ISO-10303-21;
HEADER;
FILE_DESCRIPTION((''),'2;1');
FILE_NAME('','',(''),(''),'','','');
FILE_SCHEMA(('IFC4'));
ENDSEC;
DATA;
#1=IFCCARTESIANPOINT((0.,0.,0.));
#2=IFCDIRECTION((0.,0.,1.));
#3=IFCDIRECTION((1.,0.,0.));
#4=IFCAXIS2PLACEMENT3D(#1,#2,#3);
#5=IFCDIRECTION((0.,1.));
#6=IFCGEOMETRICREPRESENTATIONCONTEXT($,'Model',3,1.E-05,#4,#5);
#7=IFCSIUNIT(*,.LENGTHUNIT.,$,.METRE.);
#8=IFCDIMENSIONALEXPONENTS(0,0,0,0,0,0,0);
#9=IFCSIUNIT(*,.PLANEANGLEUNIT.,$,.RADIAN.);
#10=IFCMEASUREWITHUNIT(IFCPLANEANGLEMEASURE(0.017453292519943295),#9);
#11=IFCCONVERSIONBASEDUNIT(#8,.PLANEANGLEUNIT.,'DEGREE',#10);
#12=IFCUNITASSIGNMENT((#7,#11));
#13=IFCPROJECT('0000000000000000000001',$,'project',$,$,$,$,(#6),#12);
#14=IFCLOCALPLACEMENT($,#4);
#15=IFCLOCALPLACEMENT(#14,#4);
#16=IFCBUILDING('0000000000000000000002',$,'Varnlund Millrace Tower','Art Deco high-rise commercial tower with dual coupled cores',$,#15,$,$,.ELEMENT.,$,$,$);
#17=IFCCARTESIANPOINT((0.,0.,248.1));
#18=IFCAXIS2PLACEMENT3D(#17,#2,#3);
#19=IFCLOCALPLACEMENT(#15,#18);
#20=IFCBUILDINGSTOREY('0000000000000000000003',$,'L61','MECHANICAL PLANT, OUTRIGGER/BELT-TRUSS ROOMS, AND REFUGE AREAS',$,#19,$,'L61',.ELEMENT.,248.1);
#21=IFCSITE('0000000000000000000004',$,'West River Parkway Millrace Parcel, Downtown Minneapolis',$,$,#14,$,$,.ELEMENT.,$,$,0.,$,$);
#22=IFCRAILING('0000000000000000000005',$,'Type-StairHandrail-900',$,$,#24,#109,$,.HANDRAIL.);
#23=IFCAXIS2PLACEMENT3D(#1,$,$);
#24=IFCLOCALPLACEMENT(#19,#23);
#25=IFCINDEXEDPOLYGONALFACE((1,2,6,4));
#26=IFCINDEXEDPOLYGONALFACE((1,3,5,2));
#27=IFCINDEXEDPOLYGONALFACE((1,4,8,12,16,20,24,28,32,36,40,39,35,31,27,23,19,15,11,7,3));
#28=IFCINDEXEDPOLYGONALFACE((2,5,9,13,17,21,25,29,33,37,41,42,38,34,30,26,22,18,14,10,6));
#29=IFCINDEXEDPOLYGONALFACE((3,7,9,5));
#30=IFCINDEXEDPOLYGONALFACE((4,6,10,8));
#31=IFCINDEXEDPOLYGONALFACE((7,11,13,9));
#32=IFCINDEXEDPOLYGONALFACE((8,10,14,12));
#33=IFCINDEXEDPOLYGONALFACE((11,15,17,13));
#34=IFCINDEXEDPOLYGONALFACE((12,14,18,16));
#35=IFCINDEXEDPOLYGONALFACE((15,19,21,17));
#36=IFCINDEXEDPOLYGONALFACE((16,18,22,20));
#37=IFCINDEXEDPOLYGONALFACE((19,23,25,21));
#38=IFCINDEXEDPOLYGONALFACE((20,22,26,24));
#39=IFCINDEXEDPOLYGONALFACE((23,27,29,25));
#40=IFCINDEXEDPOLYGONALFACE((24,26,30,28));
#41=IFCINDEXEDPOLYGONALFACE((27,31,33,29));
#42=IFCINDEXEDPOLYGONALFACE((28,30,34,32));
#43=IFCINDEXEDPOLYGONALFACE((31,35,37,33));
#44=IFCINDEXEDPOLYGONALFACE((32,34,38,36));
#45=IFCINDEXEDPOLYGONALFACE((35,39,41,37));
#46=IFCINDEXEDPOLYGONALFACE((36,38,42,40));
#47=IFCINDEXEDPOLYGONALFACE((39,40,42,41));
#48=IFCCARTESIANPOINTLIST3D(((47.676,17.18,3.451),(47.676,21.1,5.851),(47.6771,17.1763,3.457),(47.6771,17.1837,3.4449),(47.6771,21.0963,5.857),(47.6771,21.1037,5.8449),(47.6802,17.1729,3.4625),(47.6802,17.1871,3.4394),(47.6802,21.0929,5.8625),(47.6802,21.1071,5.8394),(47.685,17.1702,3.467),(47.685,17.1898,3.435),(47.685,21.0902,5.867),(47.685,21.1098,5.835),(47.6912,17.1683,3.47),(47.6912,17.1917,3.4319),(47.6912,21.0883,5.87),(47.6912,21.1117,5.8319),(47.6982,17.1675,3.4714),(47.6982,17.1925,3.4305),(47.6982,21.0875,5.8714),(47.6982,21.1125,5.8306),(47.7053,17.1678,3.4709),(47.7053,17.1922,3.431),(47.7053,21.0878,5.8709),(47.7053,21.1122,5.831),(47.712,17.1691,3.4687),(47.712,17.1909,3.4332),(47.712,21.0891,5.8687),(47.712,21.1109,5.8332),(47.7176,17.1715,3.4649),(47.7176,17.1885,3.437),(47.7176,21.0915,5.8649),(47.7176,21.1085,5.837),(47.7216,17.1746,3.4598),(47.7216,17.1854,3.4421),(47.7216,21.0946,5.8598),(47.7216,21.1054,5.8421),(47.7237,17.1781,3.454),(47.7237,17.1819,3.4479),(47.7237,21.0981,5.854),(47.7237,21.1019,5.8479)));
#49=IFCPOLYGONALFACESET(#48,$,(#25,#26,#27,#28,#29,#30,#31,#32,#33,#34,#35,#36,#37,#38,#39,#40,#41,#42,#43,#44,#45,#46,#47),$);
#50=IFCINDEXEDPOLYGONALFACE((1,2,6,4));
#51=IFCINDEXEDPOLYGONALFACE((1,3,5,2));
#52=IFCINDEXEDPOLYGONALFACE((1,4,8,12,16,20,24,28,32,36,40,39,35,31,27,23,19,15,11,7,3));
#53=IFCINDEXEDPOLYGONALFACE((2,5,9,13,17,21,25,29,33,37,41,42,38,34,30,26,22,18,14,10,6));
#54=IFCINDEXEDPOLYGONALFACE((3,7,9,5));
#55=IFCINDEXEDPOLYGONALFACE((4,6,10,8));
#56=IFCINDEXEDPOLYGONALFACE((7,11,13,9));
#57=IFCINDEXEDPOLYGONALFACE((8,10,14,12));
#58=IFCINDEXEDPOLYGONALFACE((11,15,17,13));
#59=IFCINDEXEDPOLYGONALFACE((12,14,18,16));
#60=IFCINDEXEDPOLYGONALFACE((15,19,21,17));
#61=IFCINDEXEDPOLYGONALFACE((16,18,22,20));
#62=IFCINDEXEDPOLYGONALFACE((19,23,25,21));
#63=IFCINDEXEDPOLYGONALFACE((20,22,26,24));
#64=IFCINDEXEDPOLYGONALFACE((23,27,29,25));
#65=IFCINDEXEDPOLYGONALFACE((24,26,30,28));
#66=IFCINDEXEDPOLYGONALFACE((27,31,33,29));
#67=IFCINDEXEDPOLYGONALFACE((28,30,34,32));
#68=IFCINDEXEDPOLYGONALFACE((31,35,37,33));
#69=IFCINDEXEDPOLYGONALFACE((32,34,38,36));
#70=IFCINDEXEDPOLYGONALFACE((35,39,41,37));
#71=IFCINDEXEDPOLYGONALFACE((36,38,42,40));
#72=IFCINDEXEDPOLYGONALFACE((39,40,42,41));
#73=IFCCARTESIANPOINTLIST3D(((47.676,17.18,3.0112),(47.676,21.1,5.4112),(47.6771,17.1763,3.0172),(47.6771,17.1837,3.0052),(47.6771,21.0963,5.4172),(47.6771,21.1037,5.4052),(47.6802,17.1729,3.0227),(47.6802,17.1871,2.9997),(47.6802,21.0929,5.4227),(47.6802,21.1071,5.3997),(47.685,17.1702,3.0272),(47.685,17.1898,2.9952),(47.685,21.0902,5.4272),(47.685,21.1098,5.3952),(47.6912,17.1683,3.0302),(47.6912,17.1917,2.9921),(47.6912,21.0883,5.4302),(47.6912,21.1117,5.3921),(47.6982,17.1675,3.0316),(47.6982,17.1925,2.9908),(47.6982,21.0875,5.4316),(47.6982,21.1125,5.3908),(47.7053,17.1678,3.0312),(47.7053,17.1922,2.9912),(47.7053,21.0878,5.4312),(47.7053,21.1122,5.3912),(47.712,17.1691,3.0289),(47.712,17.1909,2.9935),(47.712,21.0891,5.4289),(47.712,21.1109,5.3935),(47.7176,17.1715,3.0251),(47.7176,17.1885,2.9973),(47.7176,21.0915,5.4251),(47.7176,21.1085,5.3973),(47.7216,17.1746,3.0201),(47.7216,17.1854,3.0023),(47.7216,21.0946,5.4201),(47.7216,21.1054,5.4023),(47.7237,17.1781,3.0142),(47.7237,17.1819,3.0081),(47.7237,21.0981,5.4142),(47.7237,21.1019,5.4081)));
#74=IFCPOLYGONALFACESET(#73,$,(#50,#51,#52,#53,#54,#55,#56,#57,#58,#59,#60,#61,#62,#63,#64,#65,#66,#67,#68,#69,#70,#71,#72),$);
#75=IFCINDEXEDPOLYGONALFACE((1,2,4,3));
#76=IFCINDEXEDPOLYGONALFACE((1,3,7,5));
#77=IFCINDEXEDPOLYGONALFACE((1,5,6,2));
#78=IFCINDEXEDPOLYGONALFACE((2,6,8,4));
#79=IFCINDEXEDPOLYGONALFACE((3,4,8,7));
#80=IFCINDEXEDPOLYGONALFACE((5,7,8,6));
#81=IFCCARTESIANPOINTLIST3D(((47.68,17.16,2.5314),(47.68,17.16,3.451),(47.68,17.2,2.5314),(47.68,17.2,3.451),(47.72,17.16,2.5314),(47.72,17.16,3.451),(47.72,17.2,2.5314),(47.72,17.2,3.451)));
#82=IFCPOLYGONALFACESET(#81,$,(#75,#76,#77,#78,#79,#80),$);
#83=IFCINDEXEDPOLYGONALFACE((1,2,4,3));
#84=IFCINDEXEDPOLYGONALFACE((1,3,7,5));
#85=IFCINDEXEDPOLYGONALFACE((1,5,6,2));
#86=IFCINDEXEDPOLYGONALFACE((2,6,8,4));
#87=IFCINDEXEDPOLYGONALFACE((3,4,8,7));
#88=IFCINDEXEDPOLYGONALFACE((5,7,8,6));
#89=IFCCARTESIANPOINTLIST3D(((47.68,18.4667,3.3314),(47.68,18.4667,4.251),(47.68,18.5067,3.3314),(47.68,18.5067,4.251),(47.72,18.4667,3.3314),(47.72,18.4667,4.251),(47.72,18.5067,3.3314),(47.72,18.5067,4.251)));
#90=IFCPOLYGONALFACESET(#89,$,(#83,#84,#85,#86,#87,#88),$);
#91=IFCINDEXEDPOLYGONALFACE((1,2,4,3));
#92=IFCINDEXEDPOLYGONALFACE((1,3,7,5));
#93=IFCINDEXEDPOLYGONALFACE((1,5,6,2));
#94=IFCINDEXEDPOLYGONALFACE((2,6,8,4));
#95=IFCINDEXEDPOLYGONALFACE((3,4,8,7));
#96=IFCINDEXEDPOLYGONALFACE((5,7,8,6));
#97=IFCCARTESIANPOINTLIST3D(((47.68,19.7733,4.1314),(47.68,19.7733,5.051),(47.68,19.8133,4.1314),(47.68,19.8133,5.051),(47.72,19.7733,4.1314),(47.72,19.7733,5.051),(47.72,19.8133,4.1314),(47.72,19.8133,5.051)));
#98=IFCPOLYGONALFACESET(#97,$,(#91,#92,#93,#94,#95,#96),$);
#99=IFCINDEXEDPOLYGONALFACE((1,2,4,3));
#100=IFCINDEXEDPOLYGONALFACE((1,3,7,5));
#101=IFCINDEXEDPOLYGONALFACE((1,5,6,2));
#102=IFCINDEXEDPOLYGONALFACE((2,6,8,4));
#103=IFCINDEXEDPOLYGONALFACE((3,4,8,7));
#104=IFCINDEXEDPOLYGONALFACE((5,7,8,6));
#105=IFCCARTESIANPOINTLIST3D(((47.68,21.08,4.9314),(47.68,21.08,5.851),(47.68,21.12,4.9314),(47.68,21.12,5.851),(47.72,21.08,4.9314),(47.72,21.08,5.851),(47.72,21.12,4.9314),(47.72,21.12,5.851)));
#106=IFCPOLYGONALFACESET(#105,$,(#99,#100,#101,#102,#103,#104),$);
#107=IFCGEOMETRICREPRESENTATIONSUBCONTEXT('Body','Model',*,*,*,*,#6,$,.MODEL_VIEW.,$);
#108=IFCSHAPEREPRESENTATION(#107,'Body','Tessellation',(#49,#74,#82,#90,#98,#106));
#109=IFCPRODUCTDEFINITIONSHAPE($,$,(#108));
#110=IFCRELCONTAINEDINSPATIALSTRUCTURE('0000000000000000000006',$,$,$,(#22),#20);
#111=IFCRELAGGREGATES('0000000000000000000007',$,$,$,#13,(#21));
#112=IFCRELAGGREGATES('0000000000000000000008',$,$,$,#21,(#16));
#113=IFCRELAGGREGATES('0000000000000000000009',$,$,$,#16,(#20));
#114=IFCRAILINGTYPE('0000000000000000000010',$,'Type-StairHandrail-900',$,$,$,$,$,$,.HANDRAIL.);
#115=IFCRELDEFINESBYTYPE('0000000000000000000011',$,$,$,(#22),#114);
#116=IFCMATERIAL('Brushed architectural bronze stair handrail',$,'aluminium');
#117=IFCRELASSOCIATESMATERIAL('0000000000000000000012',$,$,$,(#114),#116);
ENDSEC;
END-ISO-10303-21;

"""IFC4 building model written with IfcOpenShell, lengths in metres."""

from ifc_helpers import new_model, entity, si_unit, converted_unit, direction, frame, origin_with_axes, origin_2d_with_axis, place, context, subcontext, project, spatial, rectangle, circle, extrude, material, type_object, element, save


model = new_model("IFC4")

# Units and contexts
model_context = context("Model", 3, precision=1e-05, world=origin_with_axes(), true_north=direction((0.0, 1.0)))
body_context = subcontext(model_context, "Body", "Model", "MODEL_VIEW")
ifc_project = project(units=[si_unit("LENGTHUNIT", "METRE"), converted_unit("PLANEANGLEUNIT", "DEGREE", entity("IfcPlaneAngleMeasure", 0.017453292519943295), si_unit("PLANEANGLEUNIT", "RADIAN"), dimensions=[0, 0, 0, 0, 0, 0, 0])], contexts=[model_context])

# Site, building, storey
site_placement = place(None, origin_with_axes())
site = spatial("IfcSite", under=ifc_project, at=site_placement, Name="West River Parkway Millrace Parcel, Downtown Minneapolis", CompositionType="ELEMENT", RefElevation=0.0)
building_placement = place(site_placement, origin_with_axes())
building = spatial("IfcBuilding", under=site, at=building_placement, Name="Varnlund Millrace Tower", Description="Art Deco high-rise commercial tower with dual coupled cores", CompositionType="ELEMENT")
storey_placement = place(building_placement, frame((0.0, 0.0, 248.1), z_axis=(0.0, 0.0, 1.0), x_axis=(1.0, 0.0, 0.0)))
storey = spatial("IfcBuildingStorey", under=building, at=storey_placement, Name="L61", Description="MECHANICAL PLANT, OUTRIGGER/BELT-TRUSS ROOMS, AND REFUGE AREAS", LongName="L61", CompositionType="ELEMENT", Elevation=248.1)

# Railing
ifc_material_1 = material(Name="Brushed architectural bronze stair handrail", Category="aluminium")
railing_type_1 = type_object("IfcRailingType", Name="Type-StairHandrail-900", PredefinedType="HANDRAIL", material=ifc_material_1)
railing_1_placement = place(storey_placement, frame((0.0, 0.0, -248.1), z_axis=(0.0, 0.0, 1.0), x_axis=(1.0, 0.0, 0.0)))
element("IfcRailing", 1, at=railing_1_placement, inside=storey, type_object=railing_type_1, Name="Type-StairHandrail-900", PredefinedType="HANDRAIL", context=body_context, shape_type="SweptSolid", body=[
    extrude(circle(Radius=0.024, at=origin_2d_with_axis()), frame((47.7, 17.18, 251.551), z_axis=(0.0, 0.852851, 0.522154), x_axis=(-1.0, 0.0, 0.0)), (0.0, 0.0, 1.0), 4.5963),
    extrude(circle(Radius=0.024, at=origin_2d_with_axis()), frame((47.7, 17.18, 251.1112), z_axis=(0.0, 0.852851, 0.522154), x_axis=(-1.0, 0.0, 0.0)), (0.0, 0.0, 1.0), 4.5963),
    extrude(rectangle(XDim=0.04, YDim=0.04, at=origin_2d_with_axis()), frame((47.7, 17.18, 250.6314), z_axis=(0.0, 0.0, 1.0), x_axis=(1.0, 0.0, 0.0)), (0.0, 0.0, 1.0), 0.9195),
    extrude(rectangle(XDim=0.04, YDim=0.04, at=origin_2d_with_axis()), frame((47.7, 18.4867, 251.4314), z_axis=(0.0, 0.0, 1.0), x_axis=(1.0, 0.0, 0.0)), (0.0, 0.0, 1.0), 0.9195),
    extrude(rectangle(XDim=0.04, YDim=0.04, at=origin_2d_with_axis()), frame((47.7, 19.7933, 252.2314), z_axis=(0.0, 0.0, 1.0), x_axis=(1.0, 0.0, 0.0)), (0.0, 0.0, 1.0), 0.9195),
    extrude(rectangle(XDim=0.04, YDim=0.04, at=origin_2d_with_axis()), frame((47.7, 21.1, 253.0314), z_axis=(0.0, 0.0, 1.0), x_axis=(1.0, 0.0, 0.0)), (0.0, 0.0, 1.0), 0.9195),
])

save(model, "model.ifc")
